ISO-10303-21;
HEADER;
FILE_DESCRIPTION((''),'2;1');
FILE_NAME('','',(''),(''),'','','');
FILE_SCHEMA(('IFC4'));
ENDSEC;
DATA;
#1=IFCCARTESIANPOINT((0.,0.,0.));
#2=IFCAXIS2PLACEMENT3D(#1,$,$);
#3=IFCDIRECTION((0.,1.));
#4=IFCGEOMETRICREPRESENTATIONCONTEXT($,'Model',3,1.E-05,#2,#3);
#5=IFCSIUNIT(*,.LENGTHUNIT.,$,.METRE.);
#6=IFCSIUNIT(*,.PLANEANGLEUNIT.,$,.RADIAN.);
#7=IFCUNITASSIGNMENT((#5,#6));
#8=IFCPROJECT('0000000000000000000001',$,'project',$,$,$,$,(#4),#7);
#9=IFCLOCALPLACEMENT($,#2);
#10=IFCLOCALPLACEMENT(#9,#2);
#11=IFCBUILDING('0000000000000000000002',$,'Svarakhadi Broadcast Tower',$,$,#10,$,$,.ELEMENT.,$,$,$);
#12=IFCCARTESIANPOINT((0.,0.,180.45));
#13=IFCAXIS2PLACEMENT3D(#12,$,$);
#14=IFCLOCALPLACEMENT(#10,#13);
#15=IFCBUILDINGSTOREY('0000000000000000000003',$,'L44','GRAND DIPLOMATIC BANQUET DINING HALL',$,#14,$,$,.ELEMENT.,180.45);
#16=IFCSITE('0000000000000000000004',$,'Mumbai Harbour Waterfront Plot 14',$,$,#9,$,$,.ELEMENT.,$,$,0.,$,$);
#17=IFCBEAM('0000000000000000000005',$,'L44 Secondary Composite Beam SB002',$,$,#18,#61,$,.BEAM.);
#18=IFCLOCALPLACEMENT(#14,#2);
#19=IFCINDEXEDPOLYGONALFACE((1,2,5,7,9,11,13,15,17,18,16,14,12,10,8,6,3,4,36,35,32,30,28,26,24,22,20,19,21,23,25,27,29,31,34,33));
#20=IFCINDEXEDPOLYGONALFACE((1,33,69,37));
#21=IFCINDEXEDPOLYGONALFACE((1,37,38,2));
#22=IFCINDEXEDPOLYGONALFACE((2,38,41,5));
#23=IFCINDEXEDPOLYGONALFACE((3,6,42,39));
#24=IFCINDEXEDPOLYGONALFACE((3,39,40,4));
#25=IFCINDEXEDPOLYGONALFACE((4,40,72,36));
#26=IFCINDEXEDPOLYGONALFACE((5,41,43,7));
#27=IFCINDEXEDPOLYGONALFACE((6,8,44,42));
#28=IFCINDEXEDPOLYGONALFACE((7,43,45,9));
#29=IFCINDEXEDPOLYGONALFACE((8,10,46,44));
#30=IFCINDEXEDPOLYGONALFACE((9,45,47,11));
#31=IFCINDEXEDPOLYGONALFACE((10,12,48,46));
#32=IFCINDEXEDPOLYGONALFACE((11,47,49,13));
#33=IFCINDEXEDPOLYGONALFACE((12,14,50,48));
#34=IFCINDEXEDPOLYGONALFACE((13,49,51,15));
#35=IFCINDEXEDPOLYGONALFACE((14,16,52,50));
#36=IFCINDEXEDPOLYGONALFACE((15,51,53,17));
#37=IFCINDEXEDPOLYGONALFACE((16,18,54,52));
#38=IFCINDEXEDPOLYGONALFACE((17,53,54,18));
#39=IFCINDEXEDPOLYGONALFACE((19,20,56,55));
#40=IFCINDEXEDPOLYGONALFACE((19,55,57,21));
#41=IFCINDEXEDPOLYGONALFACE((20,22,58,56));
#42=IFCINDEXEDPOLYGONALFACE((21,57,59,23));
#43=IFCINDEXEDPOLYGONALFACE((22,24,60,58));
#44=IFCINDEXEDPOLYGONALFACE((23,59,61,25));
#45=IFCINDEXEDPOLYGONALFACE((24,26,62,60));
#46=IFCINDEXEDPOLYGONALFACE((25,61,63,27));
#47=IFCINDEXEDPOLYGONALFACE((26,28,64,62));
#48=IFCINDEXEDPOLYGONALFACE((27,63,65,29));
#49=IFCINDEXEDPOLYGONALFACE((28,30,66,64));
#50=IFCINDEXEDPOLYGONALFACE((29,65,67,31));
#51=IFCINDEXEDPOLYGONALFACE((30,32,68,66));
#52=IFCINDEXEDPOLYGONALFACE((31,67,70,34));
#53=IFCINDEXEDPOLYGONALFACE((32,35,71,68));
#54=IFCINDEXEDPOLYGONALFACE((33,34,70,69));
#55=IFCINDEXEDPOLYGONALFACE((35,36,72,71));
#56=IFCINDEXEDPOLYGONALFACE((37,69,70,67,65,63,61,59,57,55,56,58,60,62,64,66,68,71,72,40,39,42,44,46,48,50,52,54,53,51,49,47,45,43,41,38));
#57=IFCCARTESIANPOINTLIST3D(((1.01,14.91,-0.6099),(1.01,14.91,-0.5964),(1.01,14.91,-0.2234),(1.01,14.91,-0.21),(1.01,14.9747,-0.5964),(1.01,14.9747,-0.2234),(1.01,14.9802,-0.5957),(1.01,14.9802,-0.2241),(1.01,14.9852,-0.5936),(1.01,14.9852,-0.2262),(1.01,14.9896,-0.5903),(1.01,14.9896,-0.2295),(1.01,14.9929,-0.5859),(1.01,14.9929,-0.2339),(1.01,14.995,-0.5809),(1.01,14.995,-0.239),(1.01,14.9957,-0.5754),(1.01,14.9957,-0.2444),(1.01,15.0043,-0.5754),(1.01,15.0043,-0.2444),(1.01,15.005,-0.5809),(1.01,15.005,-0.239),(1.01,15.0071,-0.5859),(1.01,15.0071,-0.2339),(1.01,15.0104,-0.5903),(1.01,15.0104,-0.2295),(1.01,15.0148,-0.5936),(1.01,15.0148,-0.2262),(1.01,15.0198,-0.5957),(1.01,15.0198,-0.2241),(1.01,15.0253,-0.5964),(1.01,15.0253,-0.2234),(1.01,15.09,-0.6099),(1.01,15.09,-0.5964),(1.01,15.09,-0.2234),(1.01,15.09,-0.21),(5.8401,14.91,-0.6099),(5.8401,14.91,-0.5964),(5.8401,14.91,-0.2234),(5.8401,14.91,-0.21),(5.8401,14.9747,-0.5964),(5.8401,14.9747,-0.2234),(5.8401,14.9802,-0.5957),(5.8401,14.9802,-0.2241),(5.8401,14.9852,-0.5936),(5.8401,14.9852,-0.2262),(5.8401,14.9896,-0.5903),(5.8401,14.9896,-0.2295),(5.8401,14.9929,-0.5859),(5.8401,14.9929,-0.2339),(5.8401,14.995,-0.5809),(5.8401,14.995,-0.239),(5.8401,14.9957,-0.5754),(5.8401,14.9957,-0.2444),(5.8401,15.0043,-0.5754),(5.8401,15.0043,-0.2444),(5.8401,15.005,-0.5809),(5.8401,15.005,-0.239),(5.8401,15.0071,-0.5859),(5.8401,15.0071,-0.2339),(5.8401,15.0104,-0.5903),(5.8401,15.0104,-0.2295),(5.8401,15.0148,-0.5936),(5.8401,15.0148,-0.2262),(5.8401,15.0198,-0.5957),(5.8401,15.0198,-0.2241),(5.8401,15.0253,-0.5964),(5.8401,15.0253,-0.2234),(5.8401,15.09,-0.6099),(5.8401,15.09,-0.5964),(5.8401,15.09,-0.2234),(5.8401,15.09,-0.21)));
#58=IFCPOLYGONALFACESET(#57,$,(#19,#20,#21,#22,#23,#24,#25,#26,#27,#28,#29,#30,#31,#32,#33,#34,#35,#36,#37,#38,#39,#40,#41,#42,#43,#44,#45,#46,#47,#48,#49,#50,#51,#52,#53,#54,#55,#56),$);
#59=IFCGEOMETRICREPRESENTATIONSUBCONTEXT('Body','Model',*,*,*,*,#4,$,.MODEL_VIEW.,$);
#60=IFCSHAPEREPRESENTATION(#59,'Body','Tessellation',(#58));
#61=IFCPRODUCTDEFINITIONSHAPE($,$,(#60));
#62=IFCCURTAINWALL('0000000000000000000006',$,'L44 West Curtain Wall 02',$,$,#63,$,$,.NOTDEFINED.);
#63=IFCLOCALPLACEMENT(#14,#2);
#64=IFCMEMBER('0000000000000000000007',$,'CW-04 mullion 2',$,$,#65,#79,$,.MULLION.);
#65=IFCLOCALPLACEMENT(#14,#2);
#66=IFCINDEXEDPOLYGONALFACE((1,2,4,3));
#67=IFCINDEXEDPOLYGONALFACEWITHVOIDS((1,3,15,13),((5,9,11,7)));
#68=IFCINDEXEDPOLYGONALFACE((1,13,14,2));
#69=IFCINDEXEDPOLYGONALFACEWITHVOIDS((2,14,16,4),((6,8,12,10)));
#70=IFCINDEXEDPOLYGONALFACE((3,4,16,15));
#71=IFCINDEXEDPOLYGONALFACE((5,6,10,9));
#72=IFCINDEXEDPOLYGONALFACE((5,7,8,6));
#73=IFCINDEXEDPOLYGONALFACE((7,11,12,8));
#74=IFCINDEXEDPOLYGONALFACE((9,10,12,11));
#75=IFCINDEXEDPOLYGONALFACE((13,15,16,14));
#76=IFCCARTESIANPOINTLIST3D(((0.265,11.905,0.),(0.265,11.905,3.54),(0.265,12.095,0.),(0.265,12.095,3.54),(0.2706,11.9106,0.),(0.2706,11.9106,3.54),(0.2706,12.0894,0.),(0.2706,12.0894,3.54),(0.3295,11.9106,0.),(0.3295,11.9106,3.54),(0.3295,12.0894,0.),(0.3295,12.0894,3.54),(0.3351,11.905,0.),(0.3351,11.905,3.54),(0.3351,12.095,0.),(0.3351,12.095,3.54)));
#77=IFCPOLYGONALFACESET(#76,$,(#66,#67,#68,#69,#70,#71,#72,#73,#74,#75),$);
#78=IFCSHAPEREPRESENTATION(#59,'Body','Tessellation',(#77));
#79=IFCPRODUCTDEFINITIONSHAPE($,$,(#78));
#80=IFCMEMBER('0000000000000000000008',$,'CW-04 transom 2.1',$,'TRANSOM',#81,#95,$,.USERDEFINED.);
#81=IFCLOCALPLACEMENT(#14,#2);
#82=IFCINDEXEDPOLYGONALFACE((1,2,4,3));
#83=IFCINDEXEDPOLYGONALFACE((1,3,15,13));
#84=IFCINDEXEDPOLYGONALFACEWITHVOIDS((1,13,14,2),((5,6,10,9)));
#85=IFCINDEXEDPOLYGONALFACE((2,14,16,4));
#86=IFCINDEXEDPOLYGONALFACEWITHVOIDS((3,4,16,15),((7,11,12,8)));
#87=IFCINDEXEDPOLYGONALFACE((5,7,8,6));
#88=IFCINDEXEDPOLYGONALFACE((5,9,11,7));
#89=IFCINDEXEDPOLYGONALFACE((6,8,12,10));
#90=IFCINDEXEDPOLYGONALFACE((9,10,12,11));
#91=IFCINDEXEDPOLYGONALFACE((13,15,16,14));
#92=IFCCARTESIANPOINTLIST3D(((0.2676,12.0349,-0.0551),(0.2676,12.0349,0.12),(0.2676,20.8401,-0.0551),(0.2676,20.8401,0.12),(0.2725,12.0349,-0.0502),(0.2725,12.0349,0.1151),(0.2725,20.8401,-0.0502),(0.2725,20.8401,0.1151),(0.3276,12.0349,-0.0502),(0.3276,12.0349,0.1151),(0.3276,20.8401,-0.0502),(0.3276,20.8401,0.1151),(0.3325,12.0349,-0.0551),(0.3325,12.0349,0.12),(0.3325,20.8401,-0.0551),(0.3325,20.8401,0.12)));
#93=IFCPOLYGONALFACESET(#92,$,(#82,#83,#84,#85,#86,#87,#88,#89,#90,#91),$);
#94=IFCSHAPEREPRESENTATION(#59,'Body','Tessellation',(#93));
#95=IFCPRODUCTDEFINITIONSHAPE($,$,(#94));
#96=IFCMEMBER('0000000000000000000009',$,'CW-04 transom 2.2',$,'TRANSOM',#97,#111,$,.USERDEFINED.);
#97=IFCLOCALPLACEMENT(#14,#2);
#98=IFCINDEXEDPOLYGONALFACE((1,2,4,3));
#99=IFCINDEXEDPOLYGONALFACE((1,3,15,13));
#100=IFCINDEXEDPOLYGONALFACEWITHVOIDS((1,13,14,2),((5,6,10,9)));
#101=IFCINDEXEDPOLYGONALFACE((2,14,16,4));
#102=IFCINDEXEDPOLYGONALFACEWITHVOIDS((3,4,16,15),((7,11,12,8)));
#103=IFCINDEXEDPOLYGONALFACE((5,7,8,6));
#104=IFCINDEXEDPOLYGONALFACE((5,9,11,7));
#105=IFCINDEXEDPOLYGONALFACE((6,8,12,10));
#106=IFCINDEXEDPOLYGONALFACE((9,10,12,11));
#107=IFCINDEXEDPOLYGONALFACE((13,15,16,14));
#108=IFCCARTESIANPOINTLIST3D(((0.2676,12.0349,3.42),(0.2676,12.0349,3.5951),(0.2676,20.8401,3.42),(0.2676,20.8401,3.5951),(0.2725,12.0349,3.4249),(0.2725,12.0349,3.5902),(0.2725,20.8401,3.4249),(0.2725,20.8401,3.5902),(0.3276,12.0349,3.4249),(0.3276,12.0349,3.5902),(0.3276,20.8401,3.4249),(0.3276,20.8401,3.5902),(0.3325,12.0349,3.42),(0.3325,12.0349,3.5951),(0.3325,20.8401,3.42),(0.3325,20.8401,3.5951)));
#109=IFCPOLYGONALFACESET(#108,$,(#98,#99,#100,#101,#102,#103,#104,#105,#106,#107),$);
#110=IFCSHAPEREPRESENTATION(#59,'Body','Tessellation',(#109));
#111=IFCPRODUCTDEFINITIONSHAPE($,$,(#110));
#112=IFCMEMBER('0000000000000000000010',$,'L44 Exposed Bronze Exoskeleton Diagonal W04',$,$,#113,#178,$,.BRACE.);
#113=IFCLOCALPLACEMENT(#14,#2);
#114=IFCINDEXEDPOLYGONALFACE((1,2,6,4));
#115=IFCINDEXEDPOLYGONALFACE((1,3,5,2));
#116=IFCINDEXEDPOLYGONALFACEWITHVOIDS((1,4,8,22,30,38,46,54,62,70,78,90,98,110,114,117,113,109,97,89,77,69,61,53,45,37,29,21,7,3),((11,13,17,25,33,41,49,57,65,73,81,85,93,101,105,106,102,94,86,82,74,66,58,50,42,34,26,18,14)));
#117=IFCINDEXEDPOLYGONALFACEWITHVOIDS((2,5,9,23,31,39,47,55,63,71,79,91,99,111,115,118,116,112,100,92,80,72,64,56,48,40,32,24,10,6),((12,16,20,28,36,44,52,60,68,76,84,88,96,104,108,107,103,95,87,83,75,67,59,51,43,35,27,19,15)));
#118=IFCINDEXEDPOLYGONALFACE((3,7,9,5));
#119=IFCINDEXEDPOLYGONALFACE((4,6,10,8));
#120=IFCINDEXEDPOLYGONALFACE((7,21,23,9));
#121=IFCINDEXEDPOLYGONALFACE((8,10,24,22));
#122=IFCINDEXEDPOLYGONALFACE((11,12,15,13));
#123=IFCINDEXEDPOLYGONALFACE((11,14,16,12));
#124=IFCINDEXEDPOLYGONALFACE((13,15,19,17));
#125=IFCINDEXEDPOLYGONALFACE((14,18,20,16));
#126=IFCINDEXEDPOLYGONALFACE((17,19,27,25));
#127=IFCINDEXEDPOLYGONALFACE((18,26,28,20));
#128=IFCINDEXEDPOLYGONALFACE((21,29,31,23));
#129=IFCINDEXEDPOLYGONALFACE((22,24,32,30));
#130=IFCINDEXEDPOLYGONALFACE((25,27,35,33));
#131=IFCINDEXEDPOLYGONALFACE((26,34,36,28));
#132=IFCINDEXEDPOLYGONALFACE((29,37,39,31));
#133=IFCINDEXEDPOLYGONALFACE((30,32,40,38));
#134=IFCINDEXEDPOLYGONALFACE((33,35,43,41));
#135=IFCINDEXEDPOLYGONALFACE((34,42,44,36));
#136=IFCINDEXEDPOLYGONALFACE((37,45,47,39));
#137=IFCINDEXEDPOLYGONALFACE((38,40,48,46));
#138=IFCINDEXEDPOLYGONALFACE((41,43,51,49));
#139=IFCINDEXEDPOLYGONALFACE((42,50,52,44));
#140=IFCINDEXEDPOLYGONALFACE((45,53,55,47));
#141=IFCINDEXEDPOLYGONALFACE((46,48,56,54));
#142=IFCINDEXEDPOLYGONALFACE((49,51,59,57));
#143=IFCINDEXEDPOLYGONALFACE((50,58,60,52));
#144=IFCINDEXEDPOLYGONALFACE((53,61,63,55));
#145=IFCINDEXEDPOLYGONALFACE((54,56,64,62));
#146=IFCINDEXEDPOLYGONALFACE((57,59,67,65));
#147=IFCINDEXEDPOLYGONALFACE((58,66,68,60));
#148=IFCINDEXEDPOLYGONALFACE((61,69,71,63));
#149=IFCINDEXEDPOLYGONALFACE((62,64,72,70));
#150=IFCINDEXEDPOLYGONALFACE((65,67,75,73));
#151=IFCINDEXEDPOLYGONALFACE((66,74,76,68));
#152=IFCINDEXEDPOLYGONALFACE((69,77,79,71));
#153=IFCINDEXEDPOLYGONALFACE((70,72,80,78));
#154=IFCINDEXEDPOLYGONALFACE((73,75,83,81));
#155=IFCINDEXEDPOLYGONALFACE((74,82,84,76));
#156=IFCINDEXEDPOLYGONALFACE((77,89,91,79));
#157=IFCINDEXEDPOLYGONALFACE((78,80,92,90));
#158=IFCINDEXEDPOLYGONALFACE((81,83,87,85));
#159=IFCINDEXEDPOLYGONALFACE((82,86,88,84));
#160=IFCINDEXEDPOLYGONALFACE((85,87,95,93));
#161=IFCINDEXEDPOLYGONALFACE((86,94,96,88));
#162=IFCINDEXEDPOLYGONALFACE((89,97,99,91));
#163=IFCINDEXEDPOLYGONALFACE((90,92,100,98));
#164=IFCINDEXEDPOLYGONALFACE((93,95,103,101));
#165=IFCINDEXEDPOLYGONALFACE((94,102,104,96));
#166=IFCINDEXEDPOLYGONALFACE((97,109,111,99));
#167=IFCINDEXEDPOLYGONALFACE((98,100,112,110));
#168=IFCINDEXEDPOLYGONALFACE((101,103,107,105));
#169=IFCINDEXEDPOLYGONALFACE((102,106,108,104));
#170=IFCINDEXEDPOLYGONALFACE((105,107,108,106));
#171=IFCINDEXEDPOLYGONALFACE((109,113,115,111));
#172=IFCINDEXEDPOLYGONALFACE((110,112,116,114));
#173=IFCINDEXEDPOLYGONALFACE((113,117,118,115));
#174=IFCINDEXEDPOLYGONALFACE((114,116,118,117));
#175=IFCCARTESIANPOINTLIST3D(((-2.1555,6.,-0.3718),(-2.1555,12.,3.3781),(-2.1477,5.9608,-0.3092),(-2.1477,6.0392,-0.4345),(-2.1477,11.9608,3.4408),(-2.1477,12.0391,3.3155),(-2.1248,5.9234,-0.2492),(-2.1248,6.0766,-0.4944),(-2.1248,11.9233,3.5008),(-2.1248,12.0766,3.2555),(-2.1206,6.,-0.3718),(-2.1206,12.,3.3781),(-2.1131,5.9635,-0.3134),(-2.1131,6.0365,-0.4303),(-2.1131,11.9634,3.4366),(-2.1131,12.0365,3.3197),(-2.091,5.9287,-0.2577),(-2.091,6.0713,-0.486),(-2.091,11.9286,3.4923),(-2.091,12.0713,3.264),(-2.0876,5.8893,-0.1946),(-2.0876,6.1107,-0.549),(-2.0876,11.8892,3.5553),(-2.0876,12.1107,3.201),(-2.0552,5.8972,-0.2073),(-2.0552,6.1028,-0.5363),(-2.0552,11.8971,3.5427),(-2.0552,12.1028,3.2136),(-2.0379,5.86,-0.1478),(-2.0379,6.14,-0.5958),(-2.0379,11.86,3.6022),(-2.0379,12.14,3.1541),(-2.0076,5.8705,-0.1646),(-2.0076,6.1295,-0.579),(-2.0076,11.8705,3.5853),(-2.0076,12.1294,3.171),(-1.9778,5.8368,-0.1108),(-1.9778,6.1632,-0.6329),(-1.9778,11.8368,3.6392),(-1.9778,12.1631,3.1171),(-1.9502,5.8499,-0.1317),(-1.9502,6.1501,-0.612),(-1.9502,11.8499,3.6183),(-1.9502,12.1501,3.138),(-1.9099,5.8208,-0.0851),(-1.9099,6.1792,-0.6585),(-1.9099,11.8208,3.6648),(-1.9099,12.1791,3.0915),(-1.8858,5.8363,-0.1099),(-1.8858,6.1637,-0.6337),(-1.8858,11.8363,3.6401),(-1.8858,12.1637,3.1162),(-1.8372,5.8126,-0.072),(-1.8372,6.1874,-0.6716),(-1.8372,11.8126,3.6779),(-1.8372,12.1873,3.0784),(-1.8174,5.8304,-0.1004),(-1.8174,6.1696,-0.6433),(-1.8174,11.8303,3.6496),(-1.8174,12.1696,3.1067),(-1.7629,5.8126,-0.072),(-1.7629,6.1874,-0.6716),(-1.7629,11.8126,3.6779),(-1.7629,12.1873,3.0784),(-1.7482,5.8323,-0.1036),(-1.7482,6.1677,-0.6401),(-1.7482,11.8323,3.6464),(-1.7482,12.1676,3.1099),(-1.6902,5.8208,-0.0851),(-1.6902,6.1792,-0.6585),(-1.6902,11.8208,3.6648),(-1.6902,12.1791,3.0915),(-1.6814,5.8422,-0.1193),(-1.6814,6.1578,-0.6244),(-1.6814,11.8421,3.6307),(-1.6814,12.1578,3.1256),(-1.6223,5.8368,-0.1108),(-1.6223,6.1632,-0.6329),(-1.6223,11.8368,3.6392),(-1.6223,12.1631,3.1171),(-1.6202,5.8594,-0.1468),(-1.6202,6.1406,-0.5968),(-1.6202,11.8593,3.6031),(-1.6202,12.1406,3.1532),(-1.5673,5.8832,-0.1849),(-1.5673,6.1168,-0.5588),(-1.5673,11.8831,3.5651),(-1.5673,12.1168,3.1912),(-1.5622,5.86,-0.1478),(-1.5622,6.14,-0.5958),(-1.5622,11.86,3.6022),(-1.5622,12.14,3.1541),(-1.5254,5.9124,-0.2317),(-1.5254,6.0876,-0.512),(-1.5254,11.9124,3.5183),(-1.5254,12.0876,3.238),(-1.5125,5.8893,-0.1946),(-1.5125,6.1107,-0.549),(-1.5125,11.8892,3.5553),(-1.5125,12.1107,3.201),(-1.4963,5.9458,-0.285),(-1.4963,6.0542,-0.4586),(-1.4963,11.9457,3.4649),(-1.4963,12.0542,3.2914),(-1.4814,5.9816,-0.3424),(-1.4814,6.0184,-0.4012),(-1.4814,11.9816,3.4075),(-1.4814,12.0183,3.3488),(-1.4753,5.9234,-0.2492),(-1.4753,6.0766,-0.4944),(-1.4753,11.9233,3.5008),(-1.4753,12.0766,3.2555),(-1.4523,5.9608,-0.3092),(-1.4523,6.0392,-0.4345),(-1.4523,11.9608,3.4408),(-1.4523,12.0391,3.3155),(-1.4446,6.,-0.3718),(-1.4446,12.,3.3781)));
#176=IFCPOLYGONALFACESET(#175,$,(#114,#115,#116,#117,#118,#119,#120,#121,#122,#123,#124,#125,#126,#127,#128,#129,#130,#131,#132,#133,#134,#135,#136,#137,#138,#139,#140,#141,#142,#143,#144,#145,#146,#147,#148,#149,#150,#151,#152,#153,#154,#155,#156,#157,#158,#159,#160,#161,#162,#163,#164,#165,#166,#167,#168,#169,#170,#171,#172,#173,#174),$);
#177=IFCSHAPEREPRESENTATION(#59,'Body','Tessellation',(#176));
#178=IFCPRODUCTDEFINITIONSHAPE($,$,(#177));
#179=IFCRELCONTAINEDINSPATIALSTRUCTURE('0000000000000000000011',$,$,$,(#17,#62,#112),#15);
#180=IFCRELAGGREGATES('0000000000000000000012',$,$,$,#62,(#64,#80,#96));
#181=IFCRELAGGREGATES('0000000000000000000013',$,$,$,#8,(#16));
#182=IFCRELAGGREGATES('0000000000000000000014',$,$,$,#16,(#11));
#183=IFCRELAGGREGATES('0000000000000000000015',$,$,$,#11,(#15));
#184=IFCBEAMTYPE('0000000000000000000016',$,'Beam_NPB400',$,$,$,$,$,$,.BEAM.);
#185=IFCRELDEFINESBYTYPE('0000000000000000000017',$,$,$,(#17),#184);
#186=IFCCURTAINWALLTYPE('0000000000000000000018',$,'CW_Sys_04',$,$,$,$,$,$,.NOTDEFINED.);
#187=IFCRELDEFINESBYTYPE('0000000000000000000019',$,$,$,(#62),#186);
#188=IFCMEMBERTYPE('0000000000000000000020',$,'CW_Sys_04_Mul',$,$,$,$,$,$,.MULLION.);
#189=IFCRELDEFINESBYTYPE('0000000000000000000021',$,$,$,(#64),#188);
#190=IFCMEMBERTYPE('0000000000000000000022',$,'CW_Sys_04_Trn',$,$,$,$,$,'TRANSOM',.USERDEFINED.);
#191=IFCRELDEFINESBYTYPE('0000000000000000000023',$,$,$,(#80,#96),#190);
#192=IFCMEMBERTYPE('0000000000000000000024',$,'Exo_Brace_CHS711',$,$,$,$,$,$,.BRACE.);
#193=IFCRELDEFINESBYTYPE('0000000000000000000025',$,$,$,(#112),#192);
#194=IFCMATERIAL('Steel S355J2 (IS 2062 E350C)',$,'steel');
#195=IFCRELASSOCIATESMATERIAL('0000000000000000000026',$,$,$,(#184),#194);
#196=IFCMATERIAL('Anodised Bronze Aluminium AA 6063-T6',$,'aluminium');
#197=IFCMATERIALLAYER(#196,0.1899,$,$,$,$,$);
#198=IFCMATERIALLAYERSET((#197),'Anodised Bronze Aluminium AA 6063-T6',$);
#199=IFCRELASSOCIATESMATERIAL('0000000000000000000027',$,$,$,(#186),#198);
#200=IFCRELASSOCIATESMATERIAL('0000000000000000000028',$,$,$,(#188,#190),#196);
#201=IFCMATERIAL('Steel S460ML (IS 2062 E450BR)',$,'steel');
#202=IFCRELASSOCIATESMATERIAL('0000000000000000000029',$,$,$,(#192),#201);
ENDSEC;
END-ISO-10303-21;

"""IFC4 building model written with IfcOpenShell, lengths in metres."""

from ifc_helpers import new_model, si_unit, direction, frame, origin, origin_2d, place, context, subcontext, project, spatial, hollow_rectangle, hollow_circle, i_section, extrude, material, layer, layer_set, material_profile, profile_set, type_object, element, aggregate, save


model = new_model("IFC4")

# Units and contexts
model_context = context("Model", 3, precision=1e-05, world=origin(), true_north=direction((0.0, 1.0)))
body_context = subcontext(model_context, "Body", "Model", "MODEL_VIEW")
ifc_project = project(units=[si_unit("LENGTHUNIT", "METRE"), si_unit("PLANEANGLEUNIT", "RADIAN")], contexts=[model_context])

# Site, building, storey
site_placement = place(None, origin())
site = spatial("IfcSite", under=ifc_project, at=site_placement, Name="Mumbai Harbour Waterfront Plot 14", CompositionType="ELEMENT", RefElevation=0.0)
building_placement = place(site_placement, origin())
building = spatial("IfcBuilding", under=site, at=building_placement, Name="Svarakhadi Broadcast Tower", CompositionType="ELEMENT")
storey_placement = place(building_placement, frame((0.0, 0.0, 180.45)))
storey = spatial("IfcBuildingStorey", under=building, at=storey_placement, Name="L44", Description="GRAND DIPLOMATIC BANQUET DINING HALL", CompositionType="ELEMENT", Elevation=180.45)

# Shared definitions
ifc_material_1 = material(Name="Steel S460ML (IS 2062 E450BR)", Category="steel")

# Beam
ifc_material_2 = material(Name="Steel S355J2 (IS 2062 E350C)", Category="steel")
ifc_material_profile_1 = material_profile(ifc_material_2, i_section(OverallWidth=0.1799, OverallDepth=0.3999, WebThickness=0.0085, FlangeThickness=0.0134, FilletRadius=0.021, at=origin_2d()), Name="NPB 400x180x66")
ifc_profile_set_1 = profile_set([ifc_material_profile_1], Name="Steel S355J2 (IS 2062 E350C)")
beam_type_1 = type_object("IfcBeamType", Name="Beam_NPB400", PredefinedType="BEAM", material=ifc_profile_set_1)
for number, where, z_axis, x_axis, name in (
    (1, (1.01, 15.0, -0.4099), (1.0, 0.0, 0.0), (0.0, 1.0, 0.0), "L44 Secondary Composite Beam SB002"),
):
    element("IfcBeam", number, at=place(storey_placement, frame(where, z_axis=z_axis, x_axis=x_axis)), inside=storey, type_object=beam_type_1, Name=name, PredefinedType="BEAM", context=body_context, shape_type="SweptSolid", body=[
        extrude(i_section(OverallWidth=0.1799, OverallDepth=0.3999, WebThickness=0.0085, FlangeThickness=0.0134, FilletRadius=0.021, at=origin_2d()), origin(), (0.0, 0.0, 1.0), 4.8301),
    ])

# Curtain wall, members
ifc_material_3 = material(Name="Anodised Bronze Aluminium AA 6063-T6", Category="aluminium")
ifc_layer_1 = layer(ifc_material_3, 0.1899)
ifc_layer_set_1 = layer_set([ifc_layer_1], Name="Anodised Bronze Aluminium AA 6063-T6")
curtain_wall_type = type_object("IfcCurtainWallType", Name="CW_Sys_04", PredefinedType="NOTDEFINED", material=ifc_layer_set_1)
curtain_wall_placement = place(storey_placement, origin())
curtain_wall = element("IfcCurtainWall", 2, at=curtain_wall_placement, inside=storey, type_object=curtain_wall_type, Name="L44 West Curtain Wall 02", PredefinedType="NOTDEFINED")
ifc_material_profile_2 = material_profile(ifc_material_3, hollow_rectangle(XDim=0.0701, YDim=0.1899, WallThickness=0.0056, at=origin_2d()), Name="ALU MULLION 190x70x6")
ifc_profile_set_2 = profile_set([ifc_material_profile_2], Name="Anodised Bronze Aluminium AA 6063-T6")
member_type_1 = type_object("IfcMemberType", Name="CW_Sys_04_Mul", PredefinedType="MULLION", material=ifc_profile_set_2)
member_1_placement = place(storey_placement, frame((0.3, 12.0, 0.0), z_axis=(0.0, 0.0, 1.0), x_axis=(-1.0, 0.0, 0.0)))
member_1 = element("IfcMember", 3, at=member_1_placement, type_object=member_type_1, Name="CW-04 mullion 2", PredefinedType="MULLION", context=body_context, shape_type="SweptSolid", body=[
    extrude(hollow_rectangle(XDim=0.0701, YDim=0.1899, WallThickness=0.0056, at=origin_2d()), origin(), (0.0, 0.0, 1.0), 3.54),
])
ifc_material_profile_3 = material_profile(ifc_material_3, hollow_rectangle(XDim=0.0649, YDim=0.175, WallThickness=0.0049, at=origin_2d()), Name="ALU TRANSOM 175x65x5")
ifc_profile_set_3 = profile_set([ifc_material_profile_3], Name="Anodised Bronze Aluminium AA 6063-T6")
member_type_2 = type_object("IfcMemberType", Name="CW_Sys_04_Trn", ElementType="TRANSOM", PredefinedType="USERDEFINED", material=ifc_profile_set_3)
member_2_placement = place(storey_placement, frame((0.3, 12.0349, 0.0325), z_axis=(0.0, 1.0, 0.0), x_axis=(-1.0, 0.0, 0.0)))
member_2 = element("IfcMember", 4, at=member_2_placement, type_object=member_type_2, Name="CW-04 transom 2.1", ObjectType="TRANSOM", PredefinedType="USERDEFINED", context=body_context, shape_type="SweptSolid", body=[
    extrude(hollow_rectangle(XDim=0.0649, YDim=0.175, WallThickness=0.0049, at=origin_2d()), origin(), (0.0, 0.0, 1.0), 8.8052),
])
member_3_placement = place(storey_placement, frame((0.3, 12.0349, 3.5076), z_axis=(0.0, 1.0, 0.0), x_axis=(-1.0, 0.0, 0.0)))
member_3 = element("IfcMember", 5, at=member_3_placement, type_object=member_type_2, Name="CW-04 transom 2.2", ObjectType="TRANSOM", PredefinedType="USERDEFINED", context=body_context, shape_type="SweptSolid", body=[
    extrude(hollow_rectangle(XDim=0.0649, YDim=0.175, WallThickness=0.0049, at=origin_2d()), origin(), (0.0, 0.0, 1.0), 8.8052),
])

# Member
ifc_material_profile_4 = material_profile(ifc_material_1, hollow_circle(Radius=0.3555, WallThickness=0.0349, at=origin_2d()), Name="CHS 711x35")
ifc_profile_set_4 = profile_set([ifc_material_profile_4], Name="Steel S460ML (IS 2062 E450BR)")
member_type_3 = type_object("IfcMemberType", Name="Exo_Brace_CHS711", PredefinedType="BRACE", material=ifc_profile_set_4)
for number, where, z_axis, x_axis, name in (
    (6, (-1.8, 6.0, -0.3718), (0.0, 0.847998, 0.529999), (-1.0, 0.0, 0.0), "L44 Exposed Bronze Exoskeleton Diagonal W04"),
):
    element("IfcMember", number, at=place(storey_placement, frame(where, z_axis=z_axis, x_axis=x_axis)), inside=storey, type_object=member_type_3, Name=name, PredefinedType="BRACE", context=body_context, shape_type="SweptSolid", body=[
        extrude(hollow_circle(Radius=0.3555, WallThickness=0.0349, at=origin_2d()), origin(), (0.0, 0.0, 1.0), 7.0754),
    ])

aggregate(curtain_wall, [member_1, member_2, member_3])

save(model, "model.ifc")
